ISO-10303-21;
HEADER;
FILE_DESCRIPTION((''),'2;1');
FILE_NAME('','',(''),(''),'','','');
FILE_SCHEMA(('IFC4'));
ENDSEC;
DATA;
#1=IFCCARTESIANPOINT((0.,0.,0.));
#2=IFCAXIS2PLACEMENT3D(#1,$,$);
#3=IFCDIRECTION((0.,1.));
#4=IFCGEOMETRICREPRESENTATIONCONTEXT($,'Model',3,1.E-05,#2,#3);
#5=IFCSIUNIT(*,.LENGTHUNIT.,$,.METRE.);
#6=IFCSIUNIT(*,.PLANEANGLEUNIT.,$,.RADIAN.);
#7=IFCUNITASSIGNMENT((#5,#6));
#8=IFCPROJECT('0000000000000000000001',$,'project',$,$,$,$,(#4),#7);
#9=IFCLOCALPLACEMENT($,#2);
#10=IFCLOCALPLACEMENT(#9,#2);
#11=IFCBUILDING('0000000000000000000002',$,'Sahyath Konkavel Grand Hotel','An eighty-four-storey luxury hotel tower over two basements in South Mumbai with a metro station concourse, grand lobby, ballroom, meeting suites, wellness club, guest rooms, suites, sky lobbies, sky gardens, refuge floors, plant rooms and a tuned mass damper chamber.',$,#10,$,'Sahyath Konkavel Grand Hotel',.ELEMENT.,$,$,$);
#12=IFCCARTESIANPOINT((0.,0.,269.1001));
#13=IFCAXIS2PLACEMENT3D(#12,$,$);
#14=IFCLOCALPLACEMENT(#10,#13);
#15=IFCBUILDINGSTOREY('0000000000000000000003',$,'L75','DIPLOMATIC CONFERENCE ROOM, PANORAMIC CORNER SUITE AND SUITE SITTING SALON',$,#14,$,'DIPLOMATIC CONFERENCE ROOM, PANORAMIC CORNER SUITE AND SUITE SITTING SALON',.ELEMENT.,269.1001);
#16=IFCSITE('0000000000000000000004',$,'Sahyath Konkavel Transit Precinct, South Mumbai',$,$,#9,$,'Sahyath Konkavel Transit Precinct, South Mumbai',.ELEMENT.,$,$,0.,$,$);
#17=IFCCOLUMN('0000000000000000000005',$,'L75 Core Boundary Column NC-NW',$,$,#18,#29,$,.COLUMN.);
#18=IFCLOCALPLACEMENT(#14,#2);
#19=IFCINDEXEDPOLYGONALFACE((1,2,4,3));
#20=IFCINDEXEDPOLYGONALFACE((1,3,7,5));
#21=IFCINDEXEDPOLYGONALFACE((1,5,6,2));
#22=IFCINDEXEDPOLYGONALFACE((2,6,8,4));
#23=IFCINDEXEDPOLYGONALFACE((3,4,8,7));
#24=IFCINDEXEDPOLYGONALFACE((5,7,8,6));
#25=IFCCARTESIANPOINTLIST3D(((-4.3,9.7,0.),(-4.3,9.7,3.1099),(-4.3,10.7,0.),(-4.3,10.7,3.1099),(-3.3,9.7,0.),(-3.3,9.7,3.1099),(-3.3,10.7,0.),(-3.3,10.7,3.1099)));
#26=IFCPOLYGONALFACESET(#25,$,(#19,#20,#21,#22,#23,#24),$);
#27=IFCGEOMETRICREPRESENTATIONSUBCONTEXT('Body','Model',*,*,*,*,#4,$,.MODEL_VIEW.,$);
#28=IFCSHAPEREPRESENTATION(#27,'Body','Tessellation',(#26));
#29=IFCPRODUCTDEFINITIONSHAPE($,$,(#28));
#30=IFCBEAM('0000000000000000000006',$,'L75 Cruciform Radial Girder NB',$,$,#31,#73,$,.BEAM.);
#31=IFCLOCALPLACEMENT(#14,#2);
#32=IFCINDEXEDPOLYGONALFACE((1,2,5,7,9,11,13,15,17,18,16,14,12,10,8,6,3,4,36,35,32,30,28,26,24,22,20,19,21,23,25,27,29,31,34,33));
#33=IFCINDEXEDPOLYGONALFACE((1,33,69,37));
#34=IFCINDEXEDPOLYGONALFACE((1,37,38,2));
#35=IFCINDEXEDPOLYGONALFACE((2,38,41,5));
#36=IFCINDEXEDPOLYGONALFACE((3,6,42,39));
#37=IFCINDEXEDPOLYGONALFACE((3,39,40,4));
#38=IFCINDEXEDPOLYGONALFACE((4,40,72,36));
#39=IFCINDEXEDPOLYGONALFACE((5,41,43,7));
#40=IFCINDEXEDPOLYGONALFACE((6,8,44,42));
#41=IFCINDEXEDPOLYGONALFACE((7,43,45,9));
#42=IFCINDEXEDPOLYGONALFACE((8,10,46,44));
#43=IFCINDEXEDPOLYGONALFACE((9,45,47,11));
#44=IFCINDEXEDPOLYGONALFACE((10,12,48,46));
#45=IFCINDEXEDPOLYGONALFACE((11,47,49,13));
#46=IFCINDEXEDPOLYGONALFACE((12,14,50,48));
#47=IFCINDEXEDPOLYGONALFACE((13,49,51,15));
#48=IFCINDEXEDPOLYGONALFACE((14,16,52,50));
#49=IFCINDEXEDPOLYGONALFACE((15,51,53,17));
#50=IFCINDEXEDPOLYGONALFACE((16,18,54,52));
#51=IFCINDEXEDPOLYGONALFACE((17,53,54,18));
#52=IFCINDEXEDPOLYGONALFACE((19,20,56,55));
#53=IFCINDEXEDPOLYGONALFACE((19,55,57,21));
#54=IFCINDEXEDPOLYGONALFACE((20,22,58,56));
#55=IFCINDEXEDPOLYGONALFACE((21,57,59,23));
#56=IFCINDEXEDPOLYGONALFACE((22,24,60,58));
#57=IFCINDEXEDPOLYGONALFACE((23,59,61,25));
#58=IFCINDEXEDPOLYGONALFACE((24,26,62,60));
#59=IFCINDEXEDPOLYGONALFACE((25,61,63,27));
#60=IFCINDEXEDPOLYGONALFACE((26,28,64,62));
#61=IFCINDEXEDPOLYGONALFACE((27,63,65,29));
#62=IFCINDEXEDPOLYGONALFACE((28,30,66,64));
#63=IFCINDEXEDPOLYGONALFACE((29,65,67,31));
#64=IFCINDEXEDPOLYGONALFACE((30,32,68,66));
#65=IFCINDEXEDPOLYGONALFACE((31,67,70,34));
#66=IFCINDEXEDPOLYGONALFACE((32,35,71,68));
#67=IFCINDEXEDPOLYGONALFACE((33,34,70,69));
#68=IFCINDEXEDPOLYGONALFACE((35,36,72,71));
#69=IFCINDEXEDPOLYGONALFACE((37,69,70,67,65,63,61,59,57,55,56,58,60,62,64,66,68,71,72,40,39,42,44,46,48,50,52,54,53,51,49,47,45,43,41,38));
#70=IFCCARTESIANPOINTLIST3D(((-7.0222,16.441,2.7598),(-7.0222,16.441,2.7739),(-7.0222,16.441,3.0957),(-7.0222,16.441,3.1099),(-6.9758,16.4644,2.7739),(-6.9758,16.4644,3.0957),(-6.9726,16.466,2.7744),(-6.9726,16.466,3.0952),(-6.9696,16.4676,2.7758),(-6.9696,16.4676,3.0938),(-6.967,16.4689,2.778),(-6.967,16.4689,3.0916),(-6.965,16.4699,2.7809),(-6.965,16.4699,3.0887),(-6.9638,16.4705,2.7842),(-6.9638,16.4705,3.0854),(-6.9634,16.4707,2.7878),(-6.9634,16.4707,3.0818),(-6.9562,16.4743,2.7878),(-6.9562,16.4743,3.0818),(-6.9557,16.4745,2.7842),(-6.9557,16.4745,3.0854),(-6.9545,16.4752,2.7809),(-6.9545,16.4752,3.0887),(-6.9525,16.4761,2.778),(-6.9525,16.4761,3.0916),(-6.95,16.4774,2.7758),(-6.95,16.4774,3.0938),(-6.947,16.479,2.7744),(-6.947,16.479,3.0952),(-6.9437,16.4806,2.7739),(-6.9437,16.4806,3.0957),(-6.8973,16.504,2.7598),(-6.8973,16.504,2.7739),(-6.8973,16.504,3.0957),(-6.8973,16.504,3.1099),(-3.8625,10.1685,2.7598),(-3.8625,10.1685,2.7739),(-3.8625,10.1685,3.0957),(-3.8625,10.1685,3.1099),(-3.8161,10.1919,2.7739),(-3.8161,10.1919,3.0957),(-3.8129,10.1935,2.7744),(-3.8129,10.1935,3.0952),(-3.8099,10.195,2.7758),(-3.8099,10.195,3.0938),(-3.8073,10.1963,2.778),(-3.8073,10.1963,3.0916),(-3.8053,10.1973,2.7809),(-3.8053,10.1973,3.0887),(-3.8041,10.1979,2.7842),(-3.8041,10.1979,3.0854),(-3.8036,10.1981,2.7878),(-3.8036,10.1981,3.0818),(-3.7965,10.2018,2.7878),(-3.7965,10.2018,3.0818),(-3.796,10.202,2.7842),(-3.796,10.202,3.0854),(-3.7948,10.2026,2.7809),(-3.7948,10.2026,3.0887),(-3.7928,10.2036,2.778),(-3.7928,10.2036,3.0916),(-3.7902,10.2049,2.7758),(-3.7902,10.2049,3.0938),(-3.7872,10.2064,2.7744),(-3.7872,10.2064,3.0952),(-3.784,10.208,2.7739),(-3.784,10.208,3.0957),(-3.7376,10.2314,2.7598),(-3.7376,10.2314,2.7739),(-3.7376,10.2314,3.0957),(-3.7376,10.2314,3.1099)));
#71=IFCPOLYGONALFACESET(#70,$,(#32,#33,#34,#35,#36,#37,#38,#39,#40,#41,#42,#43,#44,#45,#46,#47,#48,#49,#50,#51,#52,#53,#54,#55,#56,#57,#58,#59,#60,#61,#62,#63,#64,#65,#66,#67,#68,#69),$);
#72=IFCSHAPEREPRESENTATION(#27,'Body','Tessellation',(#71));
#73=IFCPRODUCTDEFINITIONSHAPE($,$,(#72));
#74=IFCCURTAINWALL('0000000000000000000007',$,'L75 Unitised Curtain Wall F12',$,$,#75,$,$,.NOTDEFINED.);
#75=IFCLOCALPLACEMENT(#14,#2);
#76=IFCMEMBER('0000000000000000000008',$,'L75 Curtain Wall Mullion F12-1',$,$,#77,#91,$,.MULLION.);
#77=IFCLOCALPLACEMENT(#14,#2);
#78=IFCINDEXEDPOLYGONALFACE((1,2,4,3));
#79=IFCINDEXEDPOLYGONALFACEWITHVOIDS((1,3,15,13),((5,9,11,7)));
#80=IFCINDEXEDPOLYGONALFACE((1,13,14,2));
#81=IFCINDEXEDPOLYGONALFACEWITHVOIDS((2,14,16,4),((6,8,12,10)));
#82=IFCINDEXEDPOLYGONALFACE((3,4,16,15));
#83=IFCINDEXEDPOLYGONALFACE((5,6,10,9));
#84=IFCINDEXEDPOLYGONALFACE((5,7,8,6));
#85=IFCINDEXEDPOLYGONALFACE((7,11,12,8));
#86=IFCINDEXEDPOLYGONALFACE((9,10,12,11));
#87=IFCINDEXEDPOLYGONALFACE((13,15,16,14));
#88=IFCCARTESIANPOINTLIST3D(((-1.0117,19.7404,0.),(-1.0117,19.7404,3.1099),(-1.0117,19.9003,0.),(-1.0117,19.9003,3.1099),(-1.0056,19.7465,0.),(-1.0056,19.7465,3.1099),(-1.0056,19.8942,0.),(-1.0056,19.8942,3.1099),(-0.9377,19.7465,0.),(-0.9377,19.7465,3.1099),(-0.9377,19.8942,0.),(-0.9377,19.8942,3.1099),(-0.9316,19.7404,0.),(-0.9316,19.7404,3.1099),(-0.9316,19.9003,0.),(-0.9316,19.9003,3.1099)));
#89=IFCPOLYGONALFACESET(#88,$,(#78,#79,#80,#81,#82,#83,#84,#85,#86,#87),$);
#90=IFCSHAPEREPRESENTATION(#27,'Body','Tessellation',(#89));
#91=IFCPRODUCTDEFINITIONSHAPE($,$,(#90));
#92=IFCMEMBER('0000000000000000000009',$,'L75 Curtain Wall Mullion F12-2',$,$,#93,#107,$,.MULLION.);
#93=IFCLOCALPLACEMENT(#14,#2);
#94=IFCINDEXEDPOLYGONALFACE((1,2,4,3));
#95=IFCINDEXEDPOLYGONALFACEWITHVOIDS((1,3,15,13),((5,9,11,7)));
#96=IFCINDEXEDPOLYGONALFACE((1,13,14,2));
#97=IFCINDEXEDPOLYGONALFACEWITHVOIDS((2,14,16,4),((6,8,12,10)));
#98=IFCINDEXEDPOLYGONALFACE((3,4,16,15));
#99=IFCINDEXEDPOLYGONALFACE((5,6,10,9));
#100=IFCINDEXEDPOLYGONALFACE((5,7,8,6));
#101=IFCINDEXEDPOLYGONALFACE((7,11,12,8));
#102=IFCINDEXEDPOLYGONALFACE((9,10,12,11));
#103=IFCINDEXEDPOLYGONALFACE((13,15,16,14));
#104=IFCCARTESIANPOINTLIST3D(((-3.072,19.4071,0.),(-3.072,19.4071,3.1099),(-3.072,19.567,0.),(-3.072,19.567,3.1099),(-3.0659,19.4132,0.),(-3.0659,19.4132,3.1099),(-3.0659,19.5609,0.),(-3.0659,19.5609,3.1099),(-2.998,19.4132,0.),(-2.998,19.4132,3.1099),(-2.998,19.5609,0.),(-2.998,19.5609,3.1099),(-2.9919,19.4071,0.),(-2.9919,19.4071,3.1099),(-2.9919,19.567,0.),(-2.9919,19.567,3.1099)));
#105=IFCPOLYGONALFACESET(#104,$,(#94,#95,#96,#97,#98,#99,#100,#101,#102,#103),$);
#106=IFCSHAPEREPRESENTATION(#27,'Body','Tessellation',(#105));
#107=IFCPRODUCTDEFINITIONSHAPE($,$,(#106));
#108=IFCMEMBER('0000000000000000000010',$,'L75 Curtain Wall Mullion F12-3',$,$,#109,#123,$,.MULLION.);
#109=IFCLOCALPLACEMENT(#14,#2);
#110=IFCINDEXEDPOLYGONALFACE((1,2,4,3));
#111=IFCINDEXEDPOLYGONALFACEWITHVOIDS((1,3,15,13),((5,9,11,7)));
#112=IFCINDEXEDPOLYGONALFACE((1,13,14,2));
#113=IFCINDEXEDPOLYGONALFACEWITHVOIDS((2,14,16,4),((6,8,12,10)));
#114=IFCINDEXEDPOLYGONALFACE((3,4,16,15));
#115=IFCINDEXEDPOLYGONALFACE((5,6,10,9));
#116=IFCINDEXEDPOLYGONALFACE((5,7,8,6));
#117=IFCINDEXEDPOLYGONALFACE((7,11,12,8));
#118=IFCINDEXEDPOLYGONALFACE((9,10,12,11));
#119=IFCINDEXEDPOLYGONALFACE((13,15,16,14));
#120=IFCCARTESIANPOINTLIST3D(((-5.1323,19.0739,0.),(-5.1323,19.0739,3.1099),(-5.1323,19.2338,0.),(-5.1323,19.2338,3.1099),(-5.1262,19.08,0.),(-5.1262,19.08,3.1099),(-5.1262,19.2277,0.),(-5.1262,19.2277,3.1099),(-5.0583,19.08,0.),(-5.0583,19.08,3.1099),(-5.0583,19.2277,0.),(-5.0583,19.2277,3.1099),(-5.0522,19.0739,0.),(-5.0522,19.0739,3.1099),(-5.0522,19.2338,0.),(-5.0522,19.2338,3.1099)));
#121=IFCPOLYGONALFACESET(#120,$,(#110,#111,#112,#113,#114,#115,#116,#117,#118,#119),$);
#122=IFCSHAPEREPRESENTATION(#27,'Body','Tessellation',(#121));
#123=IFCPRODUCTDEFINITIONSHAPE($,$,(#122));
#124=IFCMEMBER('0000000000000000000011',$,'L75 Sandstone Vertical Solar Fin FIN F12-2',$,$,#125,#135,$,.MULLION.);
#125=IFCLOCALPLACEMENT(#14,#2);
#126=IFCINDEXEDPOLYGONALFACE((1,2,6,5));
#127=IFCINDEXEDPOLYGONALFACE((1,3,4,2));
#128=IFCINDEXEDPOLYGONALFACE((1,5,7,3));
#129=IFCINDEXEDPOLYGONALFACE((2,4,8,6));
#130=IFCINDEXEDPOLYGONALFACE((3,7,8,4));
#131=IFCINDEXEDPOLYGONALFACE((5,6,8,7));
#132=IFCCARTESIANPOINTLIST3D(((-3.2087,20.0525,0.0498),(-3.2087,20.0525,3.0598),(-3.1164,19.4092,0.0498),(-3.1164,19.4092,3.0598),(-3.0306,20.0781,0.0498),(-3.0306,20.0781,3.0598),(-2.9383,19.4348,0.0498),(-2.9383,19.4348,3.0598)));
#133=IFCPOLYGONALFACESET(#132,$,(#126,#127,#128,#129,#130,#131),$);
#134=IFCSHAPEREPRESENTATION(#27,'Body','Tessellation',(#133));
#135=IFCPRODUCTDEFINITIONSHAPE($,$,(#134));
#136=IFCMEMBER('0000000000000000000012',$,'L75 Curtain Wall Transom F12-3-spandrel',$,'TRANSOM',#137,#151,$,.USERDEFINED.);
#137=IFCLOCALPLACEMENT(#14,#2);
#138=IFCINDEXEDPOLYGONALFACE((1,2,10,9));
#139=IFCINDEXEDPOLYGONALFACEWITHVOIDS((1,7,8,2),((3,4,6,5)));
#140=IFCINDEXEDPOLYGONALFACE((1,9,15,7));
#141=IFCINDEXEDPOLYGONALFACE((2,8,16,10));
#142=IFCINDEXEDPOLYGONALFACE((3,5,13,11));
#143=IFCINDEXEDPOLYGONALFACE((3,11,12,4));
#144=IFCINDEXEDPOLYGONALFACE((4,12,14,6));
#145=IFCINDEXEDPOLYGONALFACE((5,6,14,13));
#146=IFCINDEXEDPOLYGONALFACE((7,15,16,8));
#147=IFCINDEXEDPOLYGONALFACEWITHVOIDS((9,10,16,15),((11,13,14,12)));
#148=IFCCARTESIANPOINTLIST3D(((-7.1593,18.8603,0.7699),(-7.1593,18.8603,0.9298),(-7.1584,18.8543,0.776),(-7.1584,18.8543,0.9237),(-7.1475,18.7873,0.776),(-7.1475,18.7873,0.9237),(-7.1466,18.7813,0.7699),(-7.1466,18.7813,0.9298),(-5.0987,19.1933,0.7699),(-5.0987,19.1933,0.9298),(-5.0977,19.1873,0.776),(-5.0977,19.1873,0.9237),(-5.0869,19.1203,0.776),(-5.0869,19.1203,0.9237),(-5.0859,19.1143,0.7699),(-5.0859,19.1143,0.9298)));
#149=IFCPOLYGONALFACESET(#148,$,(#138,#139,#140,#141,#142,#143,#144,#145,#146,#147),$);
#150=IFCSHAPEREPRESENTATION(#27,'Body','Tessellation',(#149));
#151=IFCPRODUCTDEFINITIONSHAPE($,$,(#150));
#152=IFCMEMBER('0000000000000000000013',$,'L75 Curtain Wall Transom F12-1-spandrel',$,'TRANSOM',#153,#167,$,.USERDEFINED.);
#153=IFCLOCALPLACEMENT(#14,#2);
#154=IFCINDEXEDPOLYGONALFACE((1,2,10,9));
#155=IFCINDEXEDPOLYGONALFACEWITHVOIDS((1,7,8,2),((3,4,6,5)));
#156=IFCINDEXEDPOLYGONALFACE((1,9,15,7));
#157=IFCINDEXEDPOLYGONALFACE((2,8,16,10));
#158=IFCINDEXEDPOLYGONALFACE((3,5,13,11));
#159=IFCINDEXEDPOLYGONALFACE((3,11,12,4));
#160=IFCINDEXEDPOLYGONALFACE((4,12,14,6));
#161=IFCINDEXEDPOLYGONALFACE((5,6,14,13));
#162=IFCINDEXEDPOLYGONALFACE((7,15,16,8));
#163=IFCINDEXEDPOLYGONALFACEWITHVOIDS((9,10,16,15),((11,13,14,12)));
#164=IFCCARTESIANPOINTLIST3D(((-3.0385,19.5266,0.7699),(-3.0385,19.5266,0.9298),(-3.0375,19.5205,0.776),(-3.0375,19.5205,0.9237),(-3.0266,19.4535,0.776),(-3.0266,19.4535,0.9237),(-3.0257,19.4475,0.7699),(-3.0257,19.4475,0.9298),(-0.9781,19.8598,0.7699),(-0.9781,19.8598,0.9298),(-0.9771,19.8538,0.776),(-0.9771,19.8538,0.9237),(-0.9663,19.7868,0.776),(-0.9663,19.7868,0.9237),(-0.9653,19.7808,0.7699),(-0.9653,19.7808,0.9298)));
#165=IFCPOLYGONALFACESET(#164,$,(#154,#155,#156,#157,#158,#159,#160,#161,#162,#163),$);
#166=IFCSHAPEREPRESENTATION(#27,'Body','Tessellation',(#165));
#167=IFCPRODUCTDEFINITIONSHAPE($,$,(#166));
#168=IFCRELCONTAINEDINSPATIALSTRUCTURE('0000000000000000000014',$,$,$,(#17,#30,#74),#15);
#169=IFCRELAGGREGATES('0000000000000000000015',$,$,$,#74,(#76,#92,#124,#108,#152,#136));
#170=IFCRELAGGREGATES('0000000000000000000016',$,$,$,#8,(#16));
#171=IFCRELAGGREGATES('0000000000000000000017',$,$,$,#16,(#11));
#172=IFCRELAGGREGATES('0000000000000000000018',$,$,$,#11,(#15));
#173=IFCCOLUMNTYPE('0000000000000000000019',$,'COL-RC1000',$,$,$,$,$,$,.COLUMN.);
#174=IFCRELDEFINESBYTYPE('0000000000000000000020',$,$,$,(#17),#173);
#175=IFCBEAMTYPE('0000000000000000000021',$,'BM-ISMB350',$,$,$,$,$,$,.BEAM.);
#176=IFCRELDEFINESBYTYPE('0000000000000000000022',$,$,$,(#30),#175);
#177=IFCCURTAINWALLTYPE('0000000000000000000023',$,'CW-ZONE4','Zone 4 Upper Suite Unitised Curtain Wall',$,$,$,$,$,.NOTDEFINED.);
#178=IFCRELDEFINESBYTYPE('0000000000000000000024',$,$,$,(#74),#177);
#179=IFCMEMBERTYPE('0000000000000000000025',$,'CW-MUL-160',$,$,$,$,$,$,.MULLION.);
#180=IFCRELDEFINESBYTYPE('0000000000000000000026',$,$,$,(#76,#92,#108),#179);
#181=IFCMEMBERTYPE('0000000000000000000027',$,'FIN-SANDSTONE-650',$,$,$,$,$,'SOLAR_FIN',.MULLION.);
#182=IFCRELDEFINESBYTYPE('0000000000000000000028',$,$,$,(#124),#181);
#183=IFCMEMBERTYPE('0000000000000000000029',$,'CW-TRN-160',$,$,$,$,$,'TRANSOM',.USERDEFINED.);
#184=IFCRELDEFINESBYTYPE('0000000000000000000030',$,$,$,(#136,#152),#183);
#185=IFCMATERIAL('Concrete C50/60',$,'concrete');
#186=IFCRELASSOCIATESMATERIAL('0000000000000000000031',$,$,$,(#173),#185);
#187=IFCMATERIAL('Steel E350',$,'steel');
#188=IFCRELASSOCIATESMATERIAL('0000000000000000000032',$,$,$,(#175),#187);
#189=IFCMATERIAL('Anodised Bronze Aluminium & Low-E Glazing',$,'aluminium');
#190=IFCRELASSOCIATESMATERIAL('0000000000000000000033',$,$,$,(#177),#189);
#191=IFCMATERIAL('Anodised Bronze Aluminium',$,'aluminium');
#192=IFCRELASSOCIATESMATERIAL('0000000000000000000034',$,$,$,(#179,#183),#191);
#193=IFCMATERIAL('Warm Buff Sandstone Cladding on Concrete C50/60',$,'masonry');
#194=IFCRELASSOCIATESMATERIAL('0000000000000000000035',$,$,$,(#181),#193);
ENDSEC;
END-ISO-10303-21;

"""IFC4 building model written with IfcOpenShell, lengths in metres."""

from ifc_helpers import new_model, si_unit, direction, frame, origin, origin_2d, place, context, subcontext, project, spatial, rectangle, hollow_rectangle, i_section, extrude, source, transform, mapped, material, material_profile, profile_set, type_object, element, aggregate, save


model = new_model("IFC4")

# Units and contexts
model_context = context("Model", 3, precision=1e-05, world=origin(), true_north=direction((0.0, 1.0)))
body_context = subcontext(model_context, "Body", "Model", "MODEL_VIEW")
ifc_project = project(units=[si_unit("LENGTHUNIT", "METRE"), si_unit("PLANEANGLEUNIT", "RADIAN")], contexts=[model_context])

# Site, building, storey
site_placement = place(None, origin())
site = spatial("IfcSite", under=ifc_project, at=site_placement, Name="Sahyath Konkavel Transit Precinct, South Mumbai", LongName="Sahyath Konkavel Transit Precinct, South Mumbai", CompositionType="ELEMENT", RefElevation=0.0)
building_placement = place(site_placement, origin())
building = spatial("IfcBuilding", under=site, at=building_placement, Name="Sahyath Konkavel Grand Hotel", Description="An eighty-four-storey luxury hotel tower over two basements in South Mumbai with a metro station concourse, grand lobby, ballroom, meeting suites, wellness club, guest rooms, suites, sky lobbies, sky gardens, refuge floors, plant rooms and a tuned mass damper chamber.", LongName="Sahyath Konkavel Grand Hotel", CompositionType="ELEMENT")
storey_placement = place(building_placement, frame((0.0, 0.0, 269.1001)))
storey = spatial("IfcBuildingStorey", under=building, at=storey_placement, Name="L75", Description="DIPLOMATIC CONFERENCE ROOM, PANORAMIC CORNER SUITE AND SUITE SITTING SALON", LongName="DIPLOMATIC CONFERENCE ROOM, PANORAMIC CORNER SUITE AND SUITE SITTING SALON", CompositionType="ELEMENT", Elevation=269.1001)

# Column
ifc_material_1 = material(Name="Concrete C50/60", Category="concrete")
ifc_material_profile_1 = material_profile(ifc_material_1, rectangle(XDim=1.0, YDim=1.0, at=origin_2d()), Name="RC 1000x1000")
ifc_profile_set_1 = profile_set([ifc_material_profile_1], Name="Concrete C50/60")
column_type = type_object("IfcColumnType", Name="COL-RC1000", PredefinedType="COLUMN", material=ifc_profile_set_1)
shared_shape_1 = source(origin(), body_context, "Body", "SweptSolid", [
    extrude(rectangle(XDim=1.0, YDim=1.0, at=origin_2d()), origin(), (0.0, 0.0, 1.0), 3.1099),
])
column_placement = place(storey_placement, frame((-3.8, 10.2, 0.0), z_axis=(0.0, 0.0, 1.0), x_axis=(1.0, 0.0, 0.0)))
element("IfcColumn", 1, at=column_placement, inside=storey, type_object=column_type, Name="L75 Core Boundary Column NC-NW", PredefinedType="COLUMN", context=body_context, shape_type="MappedRepresentation", body=[
    mapped(shared_shape_1, transform((0.0, 0.0, 0.0), scale=1.0)),
])

# Beam
ifc_material_2 = material(Name="Steel E350", Category="steel")
ifc_material_profile_2 = material_profile(ifc_material_2, i_section(OverallWidth=0.1399, OverallDepth=0.3501, WebThickness=0.0081, FlangeThickness=0.0142, FilletRadius=0.0139, at=origin_2d()), Name="ISMB 350")
ifc_profile_set_2 = profile_set([ifc_material_profile_2], Name="Steel E350")
beam_type_1 = type_object("IfcBeamType", Name="BM-ISMB350", PredefinedType="BEAM", material=ifc_profile_set_2)
shared_shape_2 = source(origin(), body_context, "Body", "SweptSolid", [
    extrude(i_section(OverallWidth=0.1399, OverallDepth=0.3501, WebThickness=0.0081, FlangeThickness=0.0142, FilletRadius=0.0139, at=origin_2d()), origin(), (0.0, 0.0, 1.0), 7.0234),
])
beam_1_placement = place(storey_placement, frame((-3.8, 10.2, 2.9348), z_axis=(-0.449881, 0.893088, 0.0), x_axis=(-0.893088, -0.449881, 0.0)))
element("IfcBeam", 2, at=beam_1_placement, inside=storey, type_object=beam_type_1, Name="L75 Cruciform Radial Girder NB", PredefinedType="BEAM", context=body_context, shape_type="MappedRepresentation", body=[
    mapped(shared_shape_2, transform((0.0, 0.0, 0.0), scale=1.0)),
])

# Curtain wall, members
ifc_material_3 = material(Name="Anodised Bronze Aluminium & Low-E Glazing", Category="aluminium")
curtain_wall_type = type_object("IfcCurtainWallType", Name="CW-ZONE4", Description="Zone 4 Upper Suite Unitised Curtain Wall", PredefinedType="NOTDEFINED", material=ifc_material_3)
curtain_wall_1_placement = place(storey_placement, origin())
curtain_wall_1 = element("IfcCurtainWall", 3, at=curtain_wall_1_placement, inside=storey, type_object=curtain_wall_type, Name="L75 Unitised Curtain Wall F12", PredefinedType="NOTDEFINED")
ifc_material_4 = material(Name="Anodised Bronze Aluminium", Category="aluminium")
ifc_material_profile_3 = material_profile(ifc_material_4, hollow_rectangle(XDim=0.0801, YDim=0.1599, WallThickness=0.0061, at=origin_2d()), Name="RHS 160x80x6")
ifc_profile_set_3 = profile_set([ifc_material_profile_3], Name="Anodised Bronze Aluminium")
member_type_1 = type_object("IfcMemberType", Name="CW-MUL-160", PredefinedType="MULLION", material=ifc_profile_set_3)
shared_shape_3 = source(origin(), body_context, "Body", "SweptSolid", [
    extrude(hollow_rectangle(XDim=0.0801, YDim=0.1599, WallThickness=0.0061, at=origin_2d()), origin(), (0.0, 0.0, 1.0), 3.1099),
])
member_1_placement = place(storey_placement, frame((-0.9717, 19.8203, 0.0), z_axis=(0.0, 0.0, 1.0), x_axis=(1.0, 0.0, 0.0)))
member_1 = element("IfcMember", 4, at=member_1_placement, type_object=member_type_1, Name="L75 Curtain Wall Mullion F12-1", PredefinedType="MULLION", context=body_context, shape_type="MappedRepresentation", body=[
    mapped(shared_shape_3, transform((0.0, 0.0, 0.0), scale=1.0)),
])
member_2_placement = place(storey_placement, frame((-3.032, 19.4871, 0.0), z_axis=(0.0, 0.0, 1.0), x_axis=(1.0, 0.0, 0.0)))
member_2 = element("IfcMember", 5, at=member_2_placement, type_object=member_type_1, Name="L75 Curtain Wall Mullion F12-2", PredefinedType="MULLION", context=body_context, shape_type="MappedRepresentation", body=[
    mapped(shared_shape_3, transform((0.0, 0.0, 0.0), scale=1.0)),
])
member_3_placement = place(storey_placement, frame((-5.0923, 19.1538, 0.0), z_axis=(0.0, 0.0, 1.0), x_axis=(1.0, 0.0, 0.0)))
member_3 = element("IfcMember", 6, at=member_3_placement, type_object=member_type_1, Name="L75 Curtain Wall Mullion F12-3", PredefinedType="MULLION", context=body_context, shape_type="MappedRepresentation", body=[
    mapped(shared_shape_3, transform((0.0, 0.0, 0.0), scale=1.0)),
])
ifc_material_5 = material(Name="Warm Buff Sandstone Cladding on Concrete C50/60", Category="masonry")
ifc_material_profile_4 = material_profile(ifc_material_5, rectangle(XDim=0.1799, YDim=0.6499, at=origin_2d()), Name="FIN 180x650")
ifc_profile_set_4 = profile_set([ifc_material_profile_4], Name="Warm Buff Sandstone Cladding on Concrete C50/60")
member_type_2 = type_object("IfcMemberType", Name="FIN-SANDSTONE-650", ElementType="SOLAR_FIN", PredefinedType="MULLION", material=ifc_profile_set_4)
shared_shape_4 = source(origin(), body_context, "Body", "SweptSolid", [
    extrude(rectangle(XDim=0.1799, YDim=0.6499, at=origin_2d()), origin(), (0.0, 0.0, 1.0), 3.01),
])
member_4_placement = place(storey_placement, frame((-3.0735, 19.7437, 0.0498), z_axis=(0.0, 0.0, 1.0), x_axis=(0.989851, 0.142111, 0.0)))
member_4 = element("IfcMember", 7, at=member_4_placement, type_object=member_type_2, Name="L75 Sandstone Vertical Solar Fin FIN F12-2", PredefinedType="MULLION", context=body_context, shape_type="MappedRepresentation", body=[
    mapped(shared_shape_4, transform((0.0, 0.0, 0.0), scale=1.0)),
])
ifc_material_profile_5 = material_profile(ifc_material_4, hollow_rectangle(XDim=0.0801, YDim=0.1599, WallThickness=0.0061, at=origin_2d()), Name="RHS 160x80x6")
ifc_profile_set_5 = profile_set([ifc_material_profile_5], Name="Anodised Bronze Aluminium")
member_type_3 = type_object("IfcMemberType", Name="CW-TRN-160", ElementType="TRANSOM", PredefinedType="USERDEFINED", material=ifc_profile_set_5)
shared_shape_5 = source(origin(), body_context, "Body", "SweptSolid", [
    extrude(hollow_rectangle(XDim=0.0801, YDim=0.1599, WallThickness=0.0061, at=origin_2d()), origin(), (0.0, 0.0, 1.0), 2.0874),
])
member_5_placement = place(storey_placement, frame((-5.0923, 19.1538, 0.8499), z_axis=(-0.987191, -0.159541, 0.0), x_axis=(0.159541, -0.987191, 0.0)))
member_5 = element("IfcMember", 8, at=member_5_placement, type_object=member_type_3, Name="L75 Curtain Wall Transom F12-3-spandrel", ObjectType="TRANSOM", PredefinedType="USERDEFINED", context=body_context, shape_type="MappedRepresentation", body=[
    mapped(shared_shape_5, transform((0.0, 0.0, 0.0), scale=1.0)),
])
shared_shape_6 = source(origin(), body_context, "Body", "SweptSolid", [
    extrude(hollow_rectangle(XDim=0.0801, YDim=0.1599, WallThickness=0.0061, at=origin_2d()), origin(), (0.0, 0.0, 1.0), 2.0872),
])
member_6_placement = place(storey_placement, frame((-0.9717, 19.8203, 0.8499), z_axis=(-0.98717, -0.159674, 0.0), x_axis=(0.159674, -0.98717, 0.0)))
member_6 = element("IfcMember", 9, at=member_6_placement, type_object=member_type_3, Name="L75 Curtain Wall Transom F12-1-spandrel", ObjectType="TRANSOM", PredefinedType="USERDEFINED", context=body_context, shape_type="MappedRepresentation", body=[
    mapped(shared_shape_6, transform((0.0, 0.0, 0.0), scale=1.0)),
])

aggregate(curtain_wall_1, [member_1, member_2, member_4, member_3, member_6, member_5])

save(model, "model.ifc")
